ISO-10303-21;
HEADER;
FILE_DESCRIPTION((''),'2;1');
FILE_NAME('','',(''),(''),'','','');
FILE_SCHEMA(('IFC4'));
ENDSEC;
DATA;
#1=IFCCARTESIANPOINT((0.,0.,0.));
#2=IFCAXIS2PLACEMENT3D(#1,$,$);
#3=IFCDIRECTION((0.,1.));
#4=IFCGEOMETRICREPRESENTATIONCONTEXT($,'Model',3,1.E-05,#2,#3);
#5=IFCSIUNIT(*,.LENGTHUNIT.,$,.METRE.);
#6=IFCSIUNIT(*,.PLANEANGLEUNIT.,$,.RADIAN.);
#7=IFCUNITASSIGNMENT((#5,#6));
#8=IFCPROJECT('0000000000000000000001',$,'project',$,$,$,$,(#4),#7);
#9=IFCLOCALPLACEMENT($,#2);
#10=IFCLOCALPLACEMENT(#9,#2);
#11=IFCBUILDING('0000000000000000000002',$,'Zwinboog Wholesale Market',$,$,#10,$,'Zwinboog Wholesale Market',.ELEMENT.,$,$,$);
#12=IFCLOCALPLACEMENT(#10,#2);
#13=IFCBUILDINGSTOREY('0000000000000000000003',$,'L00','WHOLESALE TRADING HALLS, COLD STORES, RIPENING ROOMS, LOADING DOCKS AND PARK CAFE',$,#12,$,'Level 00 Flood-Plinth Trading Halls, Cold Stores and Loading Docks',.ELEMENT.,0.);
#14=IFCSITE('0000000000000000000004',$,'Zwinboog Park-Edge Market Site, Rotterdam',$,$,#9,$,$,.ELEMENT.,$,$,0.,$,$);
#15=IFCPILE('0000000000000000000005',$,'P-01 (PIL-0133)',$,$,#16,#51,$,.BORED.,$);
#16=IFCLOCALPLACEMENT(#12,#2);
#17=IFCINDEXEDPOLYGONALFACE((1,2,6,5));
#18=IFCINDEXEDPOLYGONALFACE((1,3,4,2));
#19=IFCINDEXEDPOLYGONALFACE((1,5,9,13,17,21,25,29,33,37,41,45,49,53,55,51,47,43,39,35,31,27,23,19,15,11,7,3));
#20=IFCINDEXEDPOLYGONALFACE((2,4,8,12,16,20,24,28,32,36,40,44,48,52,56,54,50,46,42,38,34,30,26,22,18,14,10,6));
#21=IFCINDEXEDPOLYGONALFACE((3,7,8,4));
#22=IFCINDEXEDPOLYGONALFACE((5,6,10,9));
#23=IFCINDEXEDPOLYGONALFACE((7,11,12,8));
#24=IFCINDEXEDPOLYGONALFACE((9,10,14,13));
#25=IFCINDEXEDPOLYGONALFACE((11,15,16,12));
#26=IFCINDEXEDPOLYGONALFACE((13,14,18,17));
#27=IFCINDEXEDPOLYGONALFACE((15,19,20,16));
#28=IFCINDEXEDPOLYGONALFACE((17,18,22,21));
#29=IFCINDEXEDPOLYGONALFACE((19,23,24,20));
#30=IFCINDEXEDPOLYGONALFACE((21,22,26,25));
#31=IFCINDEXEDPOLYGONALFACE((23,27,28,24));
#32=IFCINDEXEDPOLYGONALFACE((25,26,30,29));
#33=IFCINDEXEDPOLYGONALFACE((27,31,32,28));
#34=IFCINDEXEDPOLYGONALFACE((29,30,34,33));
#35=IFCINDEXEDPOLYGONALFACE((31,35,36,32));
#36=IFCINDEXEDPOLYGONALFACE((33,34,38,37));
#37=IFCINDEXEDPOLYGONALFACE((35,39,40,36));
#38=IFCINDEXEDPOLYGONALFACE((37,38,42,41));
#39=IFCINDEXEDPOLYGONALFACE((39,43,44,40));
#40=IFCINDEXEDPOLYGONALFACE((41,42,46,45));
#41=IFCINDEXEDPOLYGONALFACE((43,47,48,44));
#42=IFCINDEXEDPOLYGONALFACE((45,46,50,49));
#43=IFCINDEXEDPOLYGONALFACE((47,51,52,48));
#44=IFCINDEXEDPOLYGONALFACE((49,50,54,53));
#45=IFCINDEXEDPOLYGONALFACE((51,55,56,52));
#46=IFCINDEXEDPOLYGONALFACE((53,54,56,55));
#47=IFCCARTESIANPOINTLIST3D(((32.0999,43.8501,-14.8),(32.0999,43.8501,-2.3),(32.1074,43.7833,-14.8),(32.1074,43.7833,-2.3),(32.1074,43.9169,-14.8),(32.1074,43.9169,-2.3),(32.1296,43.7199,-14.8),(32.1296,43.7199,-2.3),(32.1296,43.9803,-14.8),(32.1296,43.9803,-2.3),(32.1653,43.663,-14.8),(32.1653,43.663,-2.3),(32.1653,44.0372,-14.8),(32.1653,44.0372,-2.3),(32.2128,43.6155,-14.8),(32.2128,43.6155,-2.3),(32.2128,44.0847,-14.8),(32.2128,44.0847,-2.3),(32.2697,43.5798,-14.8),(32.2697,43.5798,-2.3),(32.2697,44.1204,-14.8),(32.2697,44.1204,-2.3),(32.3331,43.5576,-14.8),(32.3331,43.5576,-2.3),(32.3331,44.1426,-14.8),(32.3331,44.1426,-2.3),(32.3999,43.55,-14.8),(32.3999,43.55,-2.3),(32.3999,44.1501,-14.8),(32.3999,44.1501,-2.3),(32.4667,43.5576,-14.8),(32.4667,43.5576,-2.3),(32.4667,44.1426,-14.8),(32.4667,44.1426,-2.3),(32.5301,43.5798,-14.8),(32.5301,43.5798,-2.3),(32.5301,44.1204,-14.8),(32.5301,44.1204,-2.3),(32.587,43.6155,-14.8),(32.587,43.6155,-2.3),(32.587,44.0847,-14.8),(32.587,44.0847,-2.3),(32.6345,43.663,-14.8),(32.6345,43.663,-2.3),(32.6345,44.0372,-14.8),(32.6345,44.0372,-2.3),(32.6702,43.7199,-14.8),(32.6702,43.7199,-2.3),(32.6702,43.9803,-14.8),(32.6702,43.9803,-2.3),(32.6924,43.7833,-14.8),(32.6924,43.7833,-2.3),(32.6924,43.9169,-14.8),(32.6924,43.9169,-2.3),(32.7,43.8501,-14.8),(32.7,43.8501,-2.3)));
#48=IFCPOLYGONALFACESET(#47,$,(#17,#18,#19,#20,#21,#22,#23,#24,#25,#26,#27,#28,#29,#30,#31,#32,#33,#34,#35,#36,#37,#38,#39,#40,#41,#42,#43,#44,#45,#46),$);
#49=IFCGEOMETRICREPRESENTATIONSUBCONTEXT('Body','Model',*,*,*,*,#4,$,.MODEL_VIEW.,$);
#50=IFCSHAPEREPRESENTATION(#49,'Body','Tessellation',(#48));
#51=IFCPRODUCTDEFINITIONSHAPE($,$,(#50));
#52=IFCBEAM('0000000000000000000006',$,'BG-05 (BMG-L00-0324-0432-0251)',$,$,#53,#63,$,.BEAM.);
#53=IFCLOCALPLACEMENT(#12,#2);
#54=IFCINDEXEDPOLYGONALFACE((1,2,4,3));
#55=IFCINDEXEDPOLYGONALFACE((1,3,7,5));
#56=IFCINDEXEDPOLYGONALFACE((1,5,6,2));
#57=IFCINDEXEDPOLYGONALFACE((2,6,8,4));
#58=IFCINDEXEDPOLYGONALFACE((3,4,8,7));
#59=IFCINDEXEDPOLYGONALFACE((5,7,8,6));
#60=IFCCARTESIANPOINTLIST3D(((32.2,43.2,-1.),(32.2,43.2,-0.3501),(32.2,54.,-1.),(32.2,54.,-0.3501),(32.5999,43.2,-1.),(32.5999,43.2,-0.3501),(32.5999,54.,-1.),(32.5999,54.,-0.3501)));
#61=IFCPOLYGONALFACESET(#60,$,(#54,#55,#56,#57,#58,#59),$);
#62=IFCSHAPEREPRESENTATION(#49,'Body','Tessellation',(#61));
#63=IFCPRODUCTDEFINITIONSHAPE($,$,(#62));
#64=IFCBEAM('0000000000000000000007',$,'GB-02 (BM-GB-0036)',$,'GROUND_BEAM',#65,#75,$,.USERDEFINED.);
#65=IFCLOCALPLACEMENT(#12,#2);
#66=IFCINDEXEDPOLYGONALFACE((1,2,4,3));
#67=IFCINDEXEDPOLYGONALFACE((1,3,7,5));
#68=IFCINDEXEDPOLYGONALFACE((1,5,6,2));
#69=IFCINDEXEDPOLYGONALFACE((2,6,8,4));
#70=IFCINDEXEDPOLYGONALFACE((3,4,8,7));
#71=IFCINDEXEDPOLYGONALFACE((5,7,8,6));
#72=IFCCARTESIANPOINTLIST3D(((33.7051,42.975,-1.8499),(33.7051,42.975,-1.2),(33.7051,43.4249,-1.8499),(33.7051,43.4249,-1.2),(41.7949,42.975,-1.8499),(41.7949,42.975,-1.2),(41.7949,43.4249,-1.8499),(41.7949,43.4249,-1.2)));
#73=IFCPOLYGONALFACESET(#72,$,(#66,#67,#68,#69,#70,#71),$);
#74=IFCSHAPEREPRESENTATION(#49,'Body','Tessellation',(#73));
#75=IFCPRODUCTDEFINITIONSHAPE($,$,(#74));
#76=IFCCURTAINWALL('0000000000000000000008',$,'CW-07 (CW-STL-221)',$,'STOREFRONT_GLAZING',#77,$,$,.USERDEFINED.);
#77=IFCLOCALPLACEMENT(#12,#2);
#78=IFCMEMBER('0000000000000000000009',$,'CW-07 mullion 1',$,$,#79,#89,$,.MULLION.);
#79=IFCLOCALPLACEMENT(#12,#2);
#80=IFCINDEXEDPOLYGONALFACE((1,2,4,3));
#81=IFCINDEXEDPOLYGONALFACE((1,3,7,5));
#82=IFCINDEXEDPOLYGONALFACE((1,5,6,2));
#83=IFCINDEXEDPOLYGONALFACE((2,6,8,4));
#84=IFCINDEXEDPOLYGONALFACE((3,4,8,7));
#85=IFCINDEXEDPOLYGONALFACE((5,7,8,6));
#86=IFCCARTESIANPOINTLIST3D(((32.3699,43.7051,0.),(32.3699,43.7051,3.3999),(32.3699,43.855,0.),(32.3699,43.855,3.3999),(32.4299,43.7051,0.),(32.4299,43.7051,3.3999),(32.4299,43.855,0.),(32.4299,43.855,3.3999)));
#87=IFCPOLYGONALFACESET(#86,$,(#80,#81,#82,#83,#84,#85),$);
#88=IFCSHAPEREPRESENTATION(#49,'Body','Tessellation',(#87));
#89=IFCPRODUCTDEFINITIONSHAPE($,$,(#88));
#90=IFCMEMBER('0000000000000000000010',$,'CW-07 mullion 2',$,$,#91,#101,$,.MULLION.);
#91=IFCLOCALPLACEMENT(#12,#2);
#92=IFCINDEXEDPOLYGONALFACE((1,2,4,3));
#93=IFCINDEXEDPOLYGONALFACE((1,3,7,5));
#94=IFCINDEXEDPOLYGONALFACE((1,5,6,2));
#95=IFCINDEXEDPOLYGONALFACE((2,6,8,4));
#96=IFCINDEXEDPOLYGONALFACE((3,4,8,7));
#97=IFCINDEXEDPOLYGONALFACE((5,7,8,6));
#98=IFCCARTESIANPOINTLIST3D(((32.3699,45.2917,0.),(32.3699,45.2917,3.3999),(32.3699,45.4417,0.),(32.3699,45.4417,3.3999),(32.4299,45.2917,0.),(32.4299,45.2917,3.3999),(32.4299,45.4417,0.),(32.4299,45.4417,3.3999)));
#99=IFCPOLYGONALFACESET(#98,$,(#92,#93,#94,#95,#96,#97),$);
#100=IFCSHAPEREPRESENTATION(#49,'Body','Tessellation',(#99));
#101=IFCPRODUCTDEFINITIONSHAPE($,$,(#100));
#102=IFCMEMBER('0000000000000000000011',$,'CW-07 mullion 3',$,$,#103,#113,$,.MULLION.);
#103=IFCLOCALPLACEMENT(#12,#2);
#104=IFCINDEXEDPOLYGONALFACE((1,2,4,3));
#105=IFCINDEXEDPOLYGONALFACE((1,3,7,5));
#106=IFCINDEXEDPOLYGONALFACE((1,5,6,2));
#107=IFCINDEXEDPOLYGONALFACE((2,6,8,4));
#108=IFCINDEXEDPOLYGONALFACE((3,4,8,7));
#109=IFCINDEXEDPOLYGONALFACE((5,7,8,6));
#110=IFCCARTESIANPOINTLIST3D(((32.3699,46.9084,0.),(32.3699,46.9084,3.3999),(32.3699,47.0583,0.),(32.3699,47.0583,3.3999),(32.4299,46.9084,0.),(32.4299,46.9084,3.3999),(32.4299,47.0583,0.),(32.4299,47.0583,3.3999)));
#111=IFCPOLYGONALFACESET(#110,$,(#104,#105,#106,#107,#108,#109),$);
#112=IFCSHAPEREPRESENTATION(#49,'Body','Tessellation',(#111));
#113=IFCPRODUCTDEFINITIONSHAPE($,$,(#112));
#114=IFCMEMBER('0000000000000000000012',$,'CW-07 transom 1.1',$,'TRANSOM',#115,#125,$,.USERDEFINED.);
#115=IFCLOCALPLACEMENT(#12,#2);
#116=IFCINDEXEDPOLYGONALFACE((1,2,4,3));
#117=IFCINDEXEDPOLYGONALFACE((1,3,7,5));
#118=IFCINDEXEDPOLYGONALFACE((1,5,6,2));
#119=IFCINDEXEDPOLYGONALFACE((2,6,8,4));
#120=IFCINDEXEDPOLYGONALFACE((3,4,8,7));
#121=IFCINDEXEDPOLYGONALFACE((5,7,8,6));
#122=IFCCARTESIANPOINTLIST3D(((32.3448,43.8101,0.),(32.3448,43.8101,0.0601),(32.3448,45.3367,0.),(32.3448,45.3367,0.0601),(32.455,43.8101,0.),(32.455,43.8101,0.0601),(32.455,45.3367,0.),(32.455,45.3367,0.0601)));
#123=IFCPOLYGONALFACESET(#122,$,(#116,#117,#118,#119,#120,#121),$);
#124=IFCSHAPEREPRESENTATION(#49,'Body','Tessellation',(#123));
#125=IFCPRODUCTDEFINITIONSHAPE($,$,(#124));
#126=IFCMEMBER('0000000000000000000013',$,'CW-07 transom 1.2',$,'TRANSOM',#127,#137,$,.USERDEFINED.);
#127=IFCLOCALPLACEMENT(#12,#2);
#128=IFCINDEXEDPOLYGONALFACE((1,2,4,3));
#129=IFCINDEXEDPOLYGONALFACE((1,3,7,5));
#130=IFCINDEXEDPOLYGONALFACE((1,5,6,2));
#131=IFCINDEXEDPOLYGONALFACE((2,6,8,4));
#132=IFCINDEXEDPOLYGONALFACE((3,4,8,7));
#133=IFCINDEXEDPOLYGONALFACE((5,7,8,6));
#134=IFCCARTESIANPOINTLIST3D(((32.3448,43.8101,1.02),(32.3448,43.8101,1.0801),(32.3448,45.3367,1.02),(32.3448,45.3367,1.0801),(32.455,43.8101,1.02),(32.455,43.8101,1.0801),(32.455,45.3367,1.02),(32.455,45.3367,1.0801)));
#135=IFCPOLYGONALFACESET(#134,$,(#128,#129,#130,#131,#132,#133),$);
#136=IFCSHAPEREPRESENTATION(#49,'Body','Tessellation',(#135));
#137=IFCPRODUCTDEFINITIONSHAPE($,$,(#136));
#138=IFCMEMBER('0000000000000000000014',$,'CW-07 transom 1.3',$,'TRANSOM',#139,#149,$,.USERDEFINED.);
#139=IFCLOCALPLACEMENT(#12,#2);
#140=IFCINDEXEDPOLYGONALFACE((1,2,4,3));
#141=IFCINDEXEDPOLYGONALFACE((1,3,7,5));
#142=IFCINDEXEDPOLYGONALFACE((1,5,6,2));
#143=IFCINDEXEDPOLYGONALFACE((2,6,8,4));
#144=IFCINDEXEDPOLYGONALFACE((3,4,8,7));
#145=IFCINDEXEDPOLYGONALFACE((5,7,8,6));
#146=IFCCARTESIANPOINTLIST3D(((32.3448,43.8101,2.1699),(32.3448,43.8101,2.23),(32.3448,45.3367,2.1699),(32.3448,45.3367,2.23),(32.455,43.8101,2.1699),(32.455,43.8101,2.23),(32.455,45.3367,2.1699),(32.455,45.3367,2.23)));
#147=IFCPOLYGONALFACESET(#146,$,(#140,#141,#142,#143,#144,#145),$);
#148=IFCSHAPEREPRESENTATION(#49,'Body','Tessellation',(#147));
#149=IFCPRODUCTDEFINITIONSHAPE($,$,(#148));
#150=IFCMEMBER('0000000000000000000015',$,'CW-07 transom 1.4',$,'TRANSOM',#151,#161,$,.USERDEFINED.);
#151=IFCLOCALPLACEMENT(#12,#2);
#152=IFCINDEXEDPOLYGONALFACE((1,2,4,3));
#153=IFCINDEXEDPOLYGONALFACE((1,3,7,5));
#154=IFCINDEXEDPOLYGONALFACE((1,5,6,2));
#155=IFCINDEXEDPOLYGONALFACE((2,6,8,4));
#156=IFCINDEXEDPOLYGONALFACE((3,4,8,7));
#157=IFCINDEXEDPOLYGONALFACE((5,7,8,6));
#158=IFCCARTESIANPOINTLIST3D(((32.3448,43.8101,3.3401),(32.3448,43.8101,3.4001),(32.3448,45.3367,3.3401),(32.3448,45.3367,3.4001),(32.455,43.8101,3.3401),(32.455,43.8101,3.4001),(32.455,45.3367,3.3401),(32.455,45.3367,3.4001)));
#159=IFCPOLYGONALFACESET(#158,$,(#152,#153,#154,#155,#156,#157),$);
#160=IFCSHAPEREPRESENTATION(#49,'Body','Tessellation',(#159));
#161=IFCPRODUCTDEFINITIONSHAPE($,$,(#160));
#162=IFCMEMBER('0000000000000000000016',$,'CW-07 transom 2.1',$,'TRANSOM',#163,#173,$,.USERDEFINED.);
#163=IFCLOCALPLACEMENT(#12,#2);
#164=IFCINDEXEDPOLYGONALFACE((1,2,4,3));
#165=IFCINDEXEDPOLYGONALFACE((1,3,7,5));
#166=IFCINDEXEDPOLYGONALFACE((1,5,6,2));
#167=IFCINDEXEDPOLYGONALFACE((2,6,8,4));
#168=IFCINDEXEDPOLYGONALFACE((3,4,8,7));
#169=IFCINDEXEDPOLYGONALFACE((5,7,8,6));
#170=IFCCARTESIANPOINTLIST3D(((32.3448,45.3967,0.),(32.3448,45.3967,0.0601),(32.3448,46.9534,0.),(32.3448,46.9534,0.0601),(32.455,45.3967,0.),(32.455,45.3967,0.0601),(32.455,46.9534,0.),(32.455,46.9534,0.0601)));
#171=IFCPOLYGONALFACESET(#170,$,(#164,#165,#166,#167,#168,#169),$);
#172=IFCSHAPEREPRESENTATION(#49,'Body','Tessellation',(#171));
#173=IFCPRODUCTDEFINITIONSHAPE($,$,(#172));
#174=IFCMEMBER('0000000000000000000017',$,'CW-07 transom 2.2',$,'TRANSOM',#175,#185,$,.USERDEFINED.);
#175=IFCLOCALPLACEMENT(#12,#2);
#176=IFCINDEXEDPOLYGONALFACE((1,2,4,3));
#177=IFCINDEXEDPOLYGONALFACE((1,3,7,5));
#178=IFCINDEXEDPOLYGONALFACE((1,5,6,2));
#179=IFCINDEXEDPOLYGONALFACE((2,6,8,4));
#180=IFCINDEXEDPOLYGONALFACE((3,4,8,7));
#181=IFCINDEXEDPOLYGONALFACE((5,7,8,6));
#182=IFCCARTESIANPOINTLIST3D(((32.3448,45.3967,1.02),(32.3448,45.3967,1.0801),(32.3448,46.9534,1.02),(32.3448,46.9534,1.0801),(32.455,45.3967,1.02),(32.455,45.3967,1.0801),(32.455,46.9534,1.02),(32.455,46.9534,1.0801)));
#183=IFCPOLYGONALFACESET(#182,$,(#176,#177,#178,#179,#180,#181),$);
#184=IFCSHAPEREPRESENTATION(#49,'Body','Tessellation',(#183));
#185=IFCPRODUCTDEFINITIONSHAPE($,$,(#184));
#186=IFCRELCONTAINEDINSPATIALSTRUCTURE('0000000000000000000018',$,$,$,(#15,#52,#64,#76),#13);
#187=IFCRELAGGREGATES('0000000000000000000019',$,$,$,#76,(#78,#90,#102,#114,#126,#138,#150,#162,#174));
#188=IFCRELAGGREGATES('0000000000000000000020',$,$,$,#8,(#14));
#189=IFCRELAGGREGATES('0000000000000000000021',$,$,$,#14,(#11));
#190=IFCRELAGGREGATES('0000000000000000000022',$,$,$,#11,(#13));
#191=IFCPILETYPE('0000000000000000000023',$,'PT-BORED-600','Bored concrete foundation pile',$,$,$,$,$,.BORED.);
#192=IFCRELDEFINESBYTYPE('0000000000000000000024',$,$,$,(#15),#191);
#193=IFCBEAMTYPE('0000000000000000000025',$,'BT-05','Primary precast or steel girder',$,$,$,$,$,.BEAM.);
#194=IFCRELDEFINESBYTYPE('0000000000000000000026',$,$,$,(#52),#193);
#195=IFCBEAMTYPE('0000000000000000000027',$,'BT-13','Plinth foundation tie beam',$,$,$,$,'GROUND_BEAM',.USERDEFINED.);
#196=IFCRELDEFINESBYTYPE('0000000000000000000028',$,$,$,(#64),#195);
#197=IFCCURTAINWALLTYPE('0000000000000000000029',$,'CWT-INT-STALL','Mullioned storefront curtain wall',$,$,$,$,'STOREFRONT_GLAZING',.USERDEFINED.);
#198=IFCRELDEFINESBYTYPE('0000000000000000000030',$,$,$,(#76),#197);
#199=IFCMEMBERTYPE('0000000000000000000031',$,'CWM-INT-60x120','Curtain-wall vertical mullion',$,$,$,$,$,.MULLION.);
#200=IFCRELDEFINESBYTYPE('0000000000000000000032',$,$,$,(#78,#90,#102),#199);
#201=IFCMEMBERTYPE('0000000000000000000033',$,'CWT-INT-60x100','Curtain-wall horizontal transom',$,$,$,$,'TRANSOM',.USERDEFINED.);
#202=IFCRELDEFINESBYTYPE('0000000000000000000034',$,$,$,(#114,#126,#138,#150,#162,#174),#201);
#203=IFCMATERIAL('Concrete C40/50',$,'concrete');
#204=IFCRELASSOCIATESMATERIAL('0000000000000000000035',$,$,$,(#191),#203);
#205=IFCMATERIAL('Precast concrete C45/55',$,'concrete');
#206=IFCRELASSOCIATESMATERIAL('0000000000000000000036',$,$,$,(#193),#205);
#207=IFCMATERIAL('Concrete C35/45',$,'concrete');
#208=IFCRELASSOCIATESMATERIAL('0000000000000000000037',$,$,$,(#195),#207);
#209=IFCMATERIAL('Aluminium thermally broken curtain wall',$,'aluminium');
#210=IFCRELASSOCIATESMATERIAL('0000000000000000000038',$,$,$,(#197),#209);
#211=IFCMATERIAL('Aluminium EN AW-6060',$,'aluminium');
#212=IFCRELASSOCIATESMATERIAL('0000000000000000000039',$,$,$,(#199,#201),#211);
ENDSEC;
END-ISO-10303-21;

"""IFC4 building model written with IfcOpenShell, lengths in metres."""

from ifc_helpers import new_model, si_unit, direction, frame, origin, origin_2d, place, context, subcontext, project, spatial, rectangle, circle, extrude, material, material_profile, profile_set, type_object, element, aggregate, save


model = new_model("IFC4")

# Units and contexts
model_context = context("Model", 3, precision=1e-05, world=origin(), true_north=direction((0.0, 1.0)))
body_context = subcontext(model_context, "Body", "Model", "MODEL_VIEW")
ifc_project = project(units=[si_unit("LENGTHUNIT", "METRE"), si_unit("PLANEANGLEUNIT", "RADIAN")], contexts=[model_context])

# Site, building, storey
site_placement = place(None, origin())
site = spatial("IfcSite", under=ifc_project, at=site_placement, Name="Zwinboog Park-Edge Market Site, Rotterdam", CompositionType="ELEMENT", RefElevation=0.0)
building_placement = place(site_placement, origin())
building = spatial("IfcBuilding", under=site, at=building_placement, Name="Zwinboog Wholesale Market", LongName="Zwinboog Wholesale Market", CompositionType="ELEMENT")
storey_placement = place(building_placement, origin())
storey = spatial("IfcBuildingStorey", under=building, at=storey_placement, Name="L00", Description="WHOLESALE TRADING HALLS, COLD STORES, RIPENING ROOMS, LOADING DOCKS AND PARK CAFE", LongName="Level 00 Flood-Plinth Trading Halls, Cold Stores and Loading Docks", CompositionType="ELEMENT", Elevation=0.0)

# Pile
ifc_material_1 = material(Name="Concrete C40/50", Category="concrete")
ifc_material_profile_1 = material_profile(ifc_material_1, circle(Radius=0.3, at=origin_2d()), Name="PILE D600")
ifc_profile_set_1 = profile_set([ifc_material_profile_1], Name="Concrete C40/50")
pile_type = type_object("IfcPileType", Name="PT-BORED-600", Description="Bored concrete foundation pile", PredefinedType="BORED", material=ifc_profile_set_1)
pile_placement = place(storey_placement, frame((32.3999, 43.8501, -2.3), z_axis=(0.0, 0.0, -1.0), x_axis=(1.0, 0.0, 0.0)))
element("IfcPile", 1, at=pile_placement, inside=storey, type_object=pile_type, Name="P-01 (PIL-0133)", PredefinedType="BORED", context=body_context, shape_type="SweptSolid", body=[
    extrude(circle(Radius=0.3, at=origin_2d()), origin(), (0.0, 0.0, 1.0), 12.5),
])

# Beams
ifc_material_2 = material(Name="Precast concrete C45/55", Category="concrete")
ifc_material_profile_2 = material_profile(ifc_material_2, rectangle(XDim=0.3999, YDim=0.6499, at=origin_2d()), Name="PC 400x650")
ifc_profile_set_2 = profile_set([ifc_material_profile_2], Name="Precast concrete C45/55")
beam_type_1 = type_object("IfcBeamType", Name="BT-05", Description="Primary precast or steel girder", PredefinedType="BEAM", material=ifc_profile_set_2)
beam_1_placement = place(storey_placement, frame((32.3999, 43.2, -0.675), z_axis=(0.0, 1.0, 0.0), x_axis=(-1.0, 0.0, 0.0)))
element("IfcBeam", 2, at=beam_1_placement, inside=storey, type_object=beam_type_1, Name="BG-05 (BMG-L00-0324-0432-0251)", PredefinedType="BEAM", context=body_context, shape_type="SweptSolid", body=[
    extrude(rectangle(XDim=0.3999, YDim=0.6499, at=origin_2d()), origin(), (0.0, 0.0, 1.0), 10.8),
])
ifc_material_3 = material(Name="Concrete C35/45", Category="concrete")
ifc_material_profile_3 = material_profile(ifc_material_3, rectangle(XDim=0.45, YDim=0.6499, at=origin_2d()), Name="RC 450x650")
ifc_profile_set_3 = profile_set([ifc_material_profile_3], Name="Concrete C35/45")
beam_type_2 = type_object("IfcBeamType", Name="BT-13", Description="Plinth foundation tie beam", ElementType="GROUND_BEAM", PredefinedType="USERDEFINED", material=ifc_profile_set_3)
beam_2_placement = place(storey_placement, frame((33.7051, 43.2, -1.5249), z_axis=(1.0, 0.0, 0.0), x_axis=(0.0, 1.0, 0.0)))
element("IfcBeam", 3, at=beam_2_placement, inside=storey, type_object=beam_type_2, Name="GB-02 (BM-GB-0036)", ObjectType="GROUND_BEAM", PredefinedType="USERDEFINED", context=body_context, shape_type="SweptSolid", body=[
    extrude(rectangle(XDim=0.45, YDim=0.6499, at=origin_2d()), origin(), (0.0, 0.0, 1.0), 8.0898),
])

# Curtain wall, members
ifc_material_4 = material(Name="Aluminium thermally broken curtain wall", Category="aluminium")
curtain_wall_type = type_object("IfcCurtainWallType", Name="CWT-INT-STALL", Description="Mullioned storefront curtain wall", ElementType="STOREFRONT_GLAZING", PredefinedType="USERDEFINED", material=ifc_material_4)
curtain_wall_placement = place(storey_placement, origin())
curtain_wall = element("IfcCurtainWall", 4, at=curtain_wall_placement, inside=storey, type_object=curtain_wall_type, Name="CW-07 (CW-STL-221)", ObjectType="STOREFRONT_GLAZING", PredefinedType="USERDEFINED")
ifc_material_5 = material(Name="Aluminium EN AW-6060", Category="aluminium")
ifc_material_profile_4 = material_profile(ifc_material_5, rectangle(XDim=0.0601, YDim=0.1499, at=origin_2d()), Name="AL 60x150")
ifc_profile_set_4 = profile_set([ifc_material_profile_4], Name="Aluminium EN AW-6060")
member_type_1 = type_object("IfcMemberType", Name="CWM-INT-60x120", Description="Curtain-wall vertical mullion", PredefinedType="MULLION", material=ifc_profile_set_4)
member_1_placement = place(storey_placement, frame((32.3999, 43.78, 0.0), z_axis=(0.0, 0.0, 1.0), x_axis=(-1.0, 0.0, 0.0)))
member_1 = element("IfcMember", 5, at=member_1_placement, type_object=member_type_1, Name="CW-07 mullion 1", PredefinedType="MULLION", context=body_context, shape_type="SweptSolid", body=[
    extrude(rectangle(XDim=0.0601, YDim=0.1499, at=origin_2d()), origin(), (0.0, 0.0, 1.0), 3.3999),
])
member_2_placement = place(storey_placement, frame((32.3999, 45.3667, 0.0), z_axis=(0.0, 0.0, 1.0), x_axis=(-1.0, 0.0, 0.0)))
member_2 = element("IfcMember", 6, at=member_2_placement, type_object=member_type_1, Name="CW-07 mullion 2", PredefinedType="MULLION", context=body_context, shape_type="SweptSolid", body=[
    extrude(rectangle(XDim=0.0601, YDim=0.1499, at=origin_2d()), origin(), (0.0, 0.0, 1.0), 3.3999),
])
member_3_placement = place(storey_placement, frame((32.3999, 46.9834, 0.0), z_axis=(0.0, 0.0, 1.0), x_axis=(-1.0, 0.0, 0.0)))
member_3 = element("IfcMember", 7, at=member_3_placement, type_object=member_type_1, Name="CW-07 mullion 3", PredefinedType="MULLION", context=body_context, shape_type="SweptSolid", body=[
    extrude(rectangle(XDim=0.0601, YDim=0.1499, at=origin_2d()), origin(), (0.0, 0.0, 1.0), 3.3999),
])
ifc_material_profile_5 = material_profile(ifc_material_5, rectangle(XDim=0.1101, YDim=0.0601, at=origin_2d()), Name="AL 60x110")
ifc_profile_set_5 = profile_set([ifc_material_profile_5], Name="Aluminium EN AW-6060")
member_type_2 = type_object("IfcMemberType", Name="CWT-INT-60x100", Description="Curtain-wall horizontal transom", ElementType="TRANSOM", PredefinedType="USERDEFINED", material=ifc_profile_set_5)
member_4_placement = place(storey_placement, frame((32.3999, 43.8101, 0.03), z_axis=(0.0, 1.0, 0.0), x_axis=(-1.0, 0.0, 0.0)))
member_4 = element("IfcMember", 8, at=member_4_placement, type_object=member_type_2, Name="CW-07 transom 1.1", ObjectType="TRANSOM", PredefinedType="USERDEFINED", context=body_context, shape_type="SweptSolid", body=[
    extrude(rectangle(XDim=0.1101, YDim=0.0601, at=origin_2d()), origin(), (0.0, 0.0, 1.0), 1.5266),
])
member_5_placement = place(storey_placement, frame((32.3999, 43.8101, 1.05), z_axis=(0.0, 1.0, 0.0), x_axis=(-1.0, 0.0, 0.0)))
member_5 = element("IfcMember", 9, at=member_5_placement, type_object=member_type_2, Name="CW-07 transom 1.2", ObjectType="TRANSOM", PredefinedType="USERDEFINED", context=body_context, shape_type="SweptSolid", body=[
    extrude(rectangle(XDim=0.1101, YDim=0.0601, at=origin_2d()), origin(), (0.0, 0.0, 1.0), 1.5266),
])
member_6_placement = place(storey_placement, frame((32.3999, 43.8101, 2.2), z_axis=(0.0, 1.0, 0.0), x_axis=(-1.0, 0.0, 0.0)))
member_6 = element("IfcMember", 10, at=member_6_placement, type_object=member_type_2, Name="CW-07 transom 1.3", ObjectType="TRANSOM", PredefinedType="USERDEFINED", context=body_context, shape_type="SweptSolid", body=[
    extrude(rectangle(XDim=0.1101, YDim=0.0601, at=origin_2d()), origin(), (0.0, 0.0, 1.0), 1.5266),
])
member_7_placement = place(storey_placement, frame((32.3999, 43.8101, 3.3701), z_axis=(0.0, 1.0, 0.0), x_axis=(-1.0, 0.0, 0.0)))
member_7 = element("IfcMember", 11, at=member_7_placement, type_object=member_type_2, Name="CW-07 transom 1.4", ObjectType="TRANSOM", PredefinedType="USERDEFINED", context=body_context, shape_type="SweptSolid", body=[
    extrude(rectangle(XDim=0.1101, YDim=0.0601, at=origin_2d()), origin(), (0.0, 0.0, 1.0), 1.5266),
])
member_8_placement = place(storey_placement, frame((32.3999, 45.3967, 0.03), z_axis=(0.0, 1.0, 0.0), x_axis=(-1.0, 0.0, 0.0)))
member_8 = element("IfcMember", 12, at=member_8_placement, type_object=member_type_2, Name="CW-07 transom 2.1", ObjectType="TRANSOM", PredefinedType="USERDEFINED", context=body_context, shape_type="SweptSolid", body=[
    extrude(rectangle(XDim=0.1101, YDim=0.0601, at=origin_2d()), origin(), (0.0, 0.0, 1.0), 1.5566),
])
member_9_placement = place(storey_placement, frame((32.3999, 45.3967, 1.05), z_axis=(0.0, 1.0, 0.0), x_axis=(-1.0, 0.0, 0.0)))
member_9 = element("IfcMember", 13, at=member_9_placement, type_object=member_type_2, Name="CW-07 transom 2.2", ObjectType="TRANSOM", PredefinedType="USERDEFINED", context=body_context, shape_type="SweptSolid", body=[
    extrude(rectangle(XDim=0.1101, YDim=0.0601, at=origin_2d()), origin(), (0.0, 0.0, 1.0), 1.5566),
])
aggregate(curtain_wall, [member_1, member_2, member_3, member_4, member_5, member_6, member_7, member_8, member_9])

save(model, "model.ifc")
